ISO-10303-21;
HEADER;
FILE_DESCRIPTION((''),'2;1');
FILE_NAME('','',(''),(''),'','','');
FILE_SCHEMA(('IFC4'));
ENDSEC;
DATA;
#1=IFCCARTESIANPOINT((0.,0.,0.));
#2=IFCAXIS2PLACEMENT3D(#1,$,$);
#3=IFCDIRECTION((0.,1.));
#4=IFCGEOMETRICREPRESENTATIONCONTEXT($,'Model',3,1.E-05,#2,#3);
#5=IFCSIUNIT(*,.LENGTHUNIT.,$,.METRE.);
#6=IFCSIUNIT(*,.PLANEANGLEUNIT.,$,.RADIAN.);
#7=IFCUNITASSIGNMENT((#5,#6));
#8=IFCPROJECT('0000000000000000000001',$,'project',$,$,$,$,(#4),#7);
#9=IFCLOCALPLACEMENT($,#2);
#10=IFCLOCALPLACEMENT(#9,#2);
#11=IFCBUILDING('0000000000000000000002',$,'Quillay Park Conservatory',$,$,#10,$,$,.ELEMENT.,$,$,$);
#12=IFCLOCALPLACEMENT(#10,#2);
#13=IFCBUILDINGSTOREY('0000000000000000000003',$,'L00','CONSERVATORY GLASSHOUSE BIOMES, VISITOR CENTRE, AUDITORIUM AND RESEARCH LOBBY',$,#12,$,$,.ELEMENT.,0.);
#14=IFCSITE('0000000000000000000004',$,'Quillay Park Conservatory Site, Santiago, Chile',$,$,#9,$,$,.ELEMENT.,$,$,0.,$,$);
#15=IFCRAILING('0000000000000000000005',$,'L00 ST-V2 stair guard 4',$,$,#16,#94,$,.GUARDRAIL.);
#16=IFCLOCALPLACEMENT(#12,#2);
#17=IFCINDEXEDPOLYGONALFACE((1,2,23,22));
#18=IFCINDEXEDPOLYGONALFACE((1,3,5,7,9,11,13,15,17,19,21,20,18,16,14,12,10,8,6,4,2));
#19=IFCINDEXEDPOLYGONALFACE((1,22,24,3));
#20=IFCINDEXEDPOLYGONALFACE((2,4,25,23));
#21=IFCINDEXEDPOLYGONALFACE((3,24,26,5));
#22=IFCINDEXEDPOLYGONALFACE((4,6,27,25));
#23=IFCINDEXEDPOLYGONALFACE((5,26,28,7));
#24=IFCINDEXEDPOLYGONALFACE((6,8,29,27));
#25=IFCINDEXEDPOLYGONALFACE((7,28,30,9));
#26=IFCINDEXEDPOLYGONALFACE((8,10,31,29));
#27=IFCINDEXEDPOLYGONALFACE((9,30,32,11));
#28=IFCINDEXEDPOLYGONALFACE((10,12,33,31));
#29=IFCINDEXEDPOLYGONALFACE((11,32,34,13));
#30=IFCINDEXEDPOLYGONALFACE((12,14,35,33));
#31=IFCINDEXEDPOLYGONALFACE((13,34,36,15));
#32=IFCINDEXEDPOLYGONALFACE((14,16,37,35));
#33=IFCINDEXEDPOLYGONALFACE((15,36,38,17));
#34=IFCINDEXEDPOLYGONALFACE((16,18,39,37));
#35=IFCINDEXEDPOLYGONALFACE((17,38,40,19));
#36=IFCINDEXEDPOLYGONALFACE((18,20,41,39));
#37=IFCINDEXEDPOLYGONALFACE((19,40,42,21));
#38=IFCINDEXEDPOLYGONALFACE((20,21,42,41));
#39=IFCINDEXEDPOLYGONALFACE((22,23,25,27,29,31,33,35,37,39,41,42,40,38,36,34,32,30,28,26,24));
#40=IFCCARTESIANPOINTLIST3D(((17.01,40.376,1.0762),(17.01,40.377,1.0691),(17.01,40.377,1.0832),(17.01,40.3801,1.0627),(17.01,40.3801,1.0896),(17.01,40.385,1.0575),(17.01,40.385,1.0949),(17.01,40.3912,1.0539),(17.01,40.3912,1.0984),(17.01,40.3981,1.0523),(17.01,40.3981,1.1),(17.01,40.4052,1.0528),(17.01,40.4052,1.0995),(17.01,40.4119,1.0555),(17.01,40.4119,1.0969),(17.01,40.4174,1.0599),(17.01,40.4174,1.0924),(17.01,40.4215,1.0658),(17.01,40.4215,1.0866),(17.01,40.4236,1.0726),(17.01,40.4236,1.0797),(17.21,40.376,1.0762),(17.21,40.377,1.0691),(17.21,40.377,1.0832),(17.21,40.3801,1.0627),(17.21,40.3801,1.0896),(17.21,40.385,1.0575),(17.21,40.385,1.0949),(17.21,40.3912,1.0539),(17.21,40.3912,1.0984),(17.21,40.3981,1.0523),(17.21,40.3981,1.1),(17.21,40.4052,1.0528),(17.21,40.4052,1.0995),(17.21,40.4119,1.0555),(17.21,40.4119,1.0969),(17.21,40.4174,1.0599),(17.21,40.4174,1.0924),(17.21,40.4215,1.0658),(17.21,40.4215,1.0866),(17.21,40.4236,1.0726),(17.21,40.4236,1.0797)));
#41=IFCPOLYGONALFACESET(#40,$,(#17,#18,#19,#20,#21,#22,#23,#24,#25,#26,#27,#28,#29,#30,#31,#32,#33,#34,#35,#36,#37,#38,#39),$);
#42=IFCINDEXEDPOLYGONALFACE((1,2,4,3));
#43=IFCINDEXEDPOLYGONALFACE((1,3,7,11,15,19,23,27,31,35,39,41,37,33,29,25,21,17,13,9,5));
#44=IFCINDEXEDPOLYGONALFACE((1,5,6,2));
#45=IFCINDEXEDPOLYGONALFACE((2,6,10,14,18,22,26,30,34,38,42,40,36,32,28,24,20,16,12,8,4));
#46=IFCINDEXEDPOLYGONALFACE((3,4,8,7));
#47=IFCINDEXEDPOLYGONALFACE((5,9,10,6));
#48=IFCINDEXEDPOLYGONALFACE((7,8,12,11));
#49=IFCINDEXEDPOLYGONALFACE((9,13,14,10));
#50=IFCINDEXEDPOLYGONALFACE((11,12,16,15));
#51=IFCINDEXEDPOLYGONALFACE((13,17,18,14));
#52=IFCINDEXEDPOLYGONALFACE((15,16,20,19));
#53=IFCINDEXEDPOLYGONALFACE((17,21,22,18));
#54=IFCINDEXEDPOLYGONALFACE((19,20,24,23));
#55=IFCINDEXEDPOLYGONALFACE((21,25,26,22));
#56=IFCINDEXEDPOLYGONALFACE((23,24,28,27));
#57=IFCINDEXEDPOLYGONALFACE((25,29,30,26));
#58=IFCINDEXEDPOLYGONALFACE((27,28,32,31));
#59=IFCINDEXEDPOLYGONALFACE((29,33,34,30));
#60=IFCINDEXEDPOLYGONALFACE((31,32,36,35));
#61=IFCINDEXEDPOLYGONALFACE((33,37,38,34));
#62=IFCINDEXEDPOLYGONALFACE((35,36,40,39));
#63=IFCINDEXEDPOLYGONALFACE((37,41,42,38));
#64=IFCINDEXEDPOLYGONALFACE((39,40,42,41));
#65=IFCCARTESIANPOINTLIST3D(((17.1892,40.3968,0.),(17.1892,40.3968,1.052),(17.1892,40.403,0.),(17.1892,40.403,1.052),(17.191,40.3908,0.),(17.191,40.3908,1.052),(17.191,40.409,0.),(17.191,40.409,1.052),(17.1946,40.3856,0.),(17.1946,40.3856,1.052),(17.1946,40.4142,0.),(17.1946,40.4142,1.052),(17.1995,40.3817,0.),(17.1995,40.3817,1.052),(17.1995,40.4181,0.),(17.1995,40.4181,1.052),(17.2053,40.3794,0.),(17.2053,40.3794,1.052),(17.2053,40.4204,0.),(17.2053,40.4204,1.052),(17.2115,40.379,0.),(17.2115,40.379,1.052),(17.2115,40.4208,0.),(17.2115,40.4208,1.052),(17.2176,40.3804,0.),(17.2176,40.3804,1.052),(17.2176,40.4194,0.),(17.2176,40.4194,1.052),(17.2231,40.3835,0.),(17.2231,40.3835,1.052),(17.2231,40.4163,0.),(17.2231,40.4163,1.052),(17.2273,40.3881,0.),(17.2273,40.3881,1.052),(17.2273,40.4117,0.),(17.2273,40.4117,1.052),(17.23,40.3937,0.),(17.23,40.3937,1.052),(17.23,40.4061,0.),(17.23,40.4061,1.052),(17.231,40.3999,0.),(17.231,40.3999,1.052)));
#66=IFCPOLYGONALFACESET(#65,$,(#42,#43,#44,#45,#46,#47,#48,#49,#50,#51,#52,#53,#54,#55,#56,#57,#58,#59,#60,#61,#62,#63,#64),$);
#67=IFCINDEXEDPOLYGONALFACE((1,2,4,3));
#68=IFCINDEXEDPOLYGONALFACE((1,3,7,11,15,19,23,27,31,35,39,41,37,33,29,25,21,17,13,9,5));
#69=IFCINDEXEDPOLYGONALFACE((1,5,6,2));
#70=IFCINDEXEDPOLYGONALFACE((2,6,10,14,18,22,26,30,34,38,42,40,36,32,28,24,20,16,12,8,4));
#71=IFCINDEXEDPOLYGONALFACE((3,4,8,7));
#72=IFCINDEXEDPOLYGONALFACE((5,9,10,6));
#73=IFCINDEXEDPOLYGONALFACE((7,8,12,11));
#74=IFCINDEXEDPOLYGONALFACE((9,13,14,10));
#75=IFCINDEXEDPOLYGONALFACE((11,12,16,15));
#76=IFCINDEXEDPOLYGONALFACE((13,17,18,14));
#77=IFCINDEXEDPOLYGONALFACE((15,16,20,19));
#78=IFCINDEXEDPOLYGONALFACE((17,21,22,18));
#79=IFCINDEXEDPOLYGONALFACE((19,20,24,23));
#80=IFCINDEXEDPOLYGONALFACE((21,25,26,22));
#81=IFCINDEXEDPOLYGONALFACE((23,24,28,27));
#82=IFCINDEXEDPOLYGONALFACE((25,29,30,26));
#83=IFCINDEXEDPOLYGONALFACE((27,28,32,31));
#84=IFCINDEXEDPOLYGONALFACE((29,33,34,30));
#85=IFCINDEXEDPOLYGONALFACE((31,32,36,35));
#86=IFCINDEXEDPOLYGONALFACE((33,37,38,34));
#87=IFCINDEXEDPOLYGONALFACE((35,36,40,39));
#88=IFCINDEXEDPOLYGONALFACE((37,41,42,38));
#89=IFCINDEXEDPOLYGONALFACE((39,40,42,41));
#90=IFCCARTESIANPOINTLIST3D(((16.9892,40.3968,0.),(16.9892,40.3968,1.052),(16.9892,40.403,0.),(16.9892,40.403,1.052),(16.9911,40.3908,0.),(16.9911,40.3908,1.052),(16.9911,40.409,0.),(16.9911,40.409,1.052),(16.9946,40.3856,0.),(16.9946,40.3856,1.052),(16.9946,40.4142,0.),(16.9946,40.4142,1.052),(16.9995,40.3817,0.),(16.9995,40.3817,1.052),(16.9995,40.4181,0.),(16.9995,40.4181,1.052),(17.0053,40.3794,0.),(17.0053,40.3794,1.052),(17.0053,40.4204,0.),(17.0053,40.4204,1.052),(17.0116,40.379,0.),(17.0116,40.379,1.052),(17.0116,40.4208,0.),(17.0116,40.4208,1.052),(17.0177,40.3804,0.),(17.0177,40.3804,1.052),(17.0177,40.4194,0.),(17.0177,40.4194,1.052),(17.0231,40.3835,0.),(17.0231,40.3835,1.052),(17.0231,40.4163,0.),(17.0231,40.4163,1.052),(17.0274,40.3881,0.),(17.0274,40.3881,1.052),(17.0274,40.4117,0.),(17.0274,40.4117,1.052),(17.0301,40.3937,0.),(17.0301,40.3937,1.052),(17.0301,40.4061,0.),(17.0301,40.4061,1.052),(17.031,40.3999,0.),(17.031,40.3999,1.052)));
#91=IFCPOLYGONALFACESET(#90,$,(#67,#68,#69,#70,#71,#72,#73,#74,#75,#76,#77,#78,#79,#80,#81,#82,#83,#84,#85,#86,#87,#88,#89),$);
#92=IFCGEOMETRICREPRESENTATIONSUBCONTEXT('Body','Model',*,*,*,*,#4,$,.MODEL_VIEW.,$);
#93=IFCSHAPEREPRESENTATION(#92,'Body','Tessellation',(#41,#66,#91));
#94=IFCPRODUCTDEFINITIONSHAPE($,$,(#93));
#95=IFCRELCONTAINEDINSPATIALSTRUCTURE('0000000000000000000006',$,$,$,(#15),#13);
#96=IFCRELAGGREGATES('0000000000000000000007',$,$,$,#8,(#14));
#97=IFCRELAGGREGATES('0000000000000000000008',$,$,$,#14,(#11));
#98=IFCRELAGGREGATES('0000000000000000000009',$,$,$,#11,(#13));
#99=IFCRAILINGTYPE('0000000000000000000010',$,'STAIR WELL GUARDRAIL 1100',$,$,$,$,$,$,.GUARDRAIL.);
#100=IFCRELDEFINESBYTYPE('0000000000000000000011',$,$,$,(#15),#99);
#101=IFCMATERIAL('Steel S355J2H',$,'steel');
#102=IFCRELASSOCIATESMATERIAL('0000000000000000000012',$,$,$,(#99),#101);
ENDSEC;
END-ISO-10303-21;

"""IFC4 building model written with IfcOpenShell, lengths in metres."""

from ifc_helpers import new_model, si_unit, direction, frame, origin, origin_2d, place, context, subcontext, project, spatial, circle, extrude, material, type_object, element, save


model = new_model("IFC4")

# Units and contexts
model_context = context("Model", 3, precision=1e-05, world=origin(), true_north=direction((0.0, 1.0)))
body_context = subcontext(model_context, "Body", "Model", "MODEL_VIEW")
ifc_project = project(units=[si_unit("LENGTHUNIT", "METRE"), si_unit("PLANEANGLEUNIT", "RADIAN")], contexts=[model_context])

# Site, building, storey
site_placement = place(None, origin())
site = spatial("IfcSite", under=ifc_project, at=site_placement, Name="Quillay Park Conservatory Site, Santiago, Chile", CompositionType="ELEMENT", RefElevation=0.0)
building_placement = place(site_placement, origin())
building = spatial("IfcBuilding", under=site, at=building_placement, Name="Quillay Park Conservatory", CompositionType="ELEMENT")
storey_placement = place(building_placement, origin())
storey = spatial("IfcBuildingStorey", under=building, at=storey_placement, Name="L00", Description="CONSERVATORY GLASSHOUSE BIOMES, VISITOR CENTRE, AUDITORIUM AND RESEARCH LOBBY", CompositionType="ELEMENT", Elevation=0.0)

# Railing
ifc_material_1 = material(Name="Steel S355J2H", Category="steel")
railing_type_1 = type_object("IfcRailingType", Name="STAIR WELL GUARDRAIL 1100", PredefinedType="GUARDRAIL", material=ifc_material_1)
railing_1_placement = place(storey_placement, frame((17.21, 40.3999, 0.0)))
element("IfcRailing", 1, at=railing_1_placement, inside=storey, type_object=railing_type_1, Name="L00 ST-V2 stair guard 4", PredefinedType="GUARDRAIL", context=body_context, shape_type="SweptSolid", body=[
    extrude(circle(Radius=0.0239, at=origin_2d()), frame((0.0, 0.0, 1.0762), z_axis=(-1.0, 0.0, 0.0), x_axis=(0.0, -1.0, 0.0)), (0.0, 0.0, 1.0), 0.2),
    extrude(circle(Radius=0.021, at=origin_2d()), origin(), (0.0, 0.0, 1.0), 1.052),
    extrude(circle(Radius=0.021, at=origin_2d()), frame((-0.2, 0.0, 0.0)), (0.0, 0.0, 1.0), 1.052),
])

save(model, "model.ifc")
